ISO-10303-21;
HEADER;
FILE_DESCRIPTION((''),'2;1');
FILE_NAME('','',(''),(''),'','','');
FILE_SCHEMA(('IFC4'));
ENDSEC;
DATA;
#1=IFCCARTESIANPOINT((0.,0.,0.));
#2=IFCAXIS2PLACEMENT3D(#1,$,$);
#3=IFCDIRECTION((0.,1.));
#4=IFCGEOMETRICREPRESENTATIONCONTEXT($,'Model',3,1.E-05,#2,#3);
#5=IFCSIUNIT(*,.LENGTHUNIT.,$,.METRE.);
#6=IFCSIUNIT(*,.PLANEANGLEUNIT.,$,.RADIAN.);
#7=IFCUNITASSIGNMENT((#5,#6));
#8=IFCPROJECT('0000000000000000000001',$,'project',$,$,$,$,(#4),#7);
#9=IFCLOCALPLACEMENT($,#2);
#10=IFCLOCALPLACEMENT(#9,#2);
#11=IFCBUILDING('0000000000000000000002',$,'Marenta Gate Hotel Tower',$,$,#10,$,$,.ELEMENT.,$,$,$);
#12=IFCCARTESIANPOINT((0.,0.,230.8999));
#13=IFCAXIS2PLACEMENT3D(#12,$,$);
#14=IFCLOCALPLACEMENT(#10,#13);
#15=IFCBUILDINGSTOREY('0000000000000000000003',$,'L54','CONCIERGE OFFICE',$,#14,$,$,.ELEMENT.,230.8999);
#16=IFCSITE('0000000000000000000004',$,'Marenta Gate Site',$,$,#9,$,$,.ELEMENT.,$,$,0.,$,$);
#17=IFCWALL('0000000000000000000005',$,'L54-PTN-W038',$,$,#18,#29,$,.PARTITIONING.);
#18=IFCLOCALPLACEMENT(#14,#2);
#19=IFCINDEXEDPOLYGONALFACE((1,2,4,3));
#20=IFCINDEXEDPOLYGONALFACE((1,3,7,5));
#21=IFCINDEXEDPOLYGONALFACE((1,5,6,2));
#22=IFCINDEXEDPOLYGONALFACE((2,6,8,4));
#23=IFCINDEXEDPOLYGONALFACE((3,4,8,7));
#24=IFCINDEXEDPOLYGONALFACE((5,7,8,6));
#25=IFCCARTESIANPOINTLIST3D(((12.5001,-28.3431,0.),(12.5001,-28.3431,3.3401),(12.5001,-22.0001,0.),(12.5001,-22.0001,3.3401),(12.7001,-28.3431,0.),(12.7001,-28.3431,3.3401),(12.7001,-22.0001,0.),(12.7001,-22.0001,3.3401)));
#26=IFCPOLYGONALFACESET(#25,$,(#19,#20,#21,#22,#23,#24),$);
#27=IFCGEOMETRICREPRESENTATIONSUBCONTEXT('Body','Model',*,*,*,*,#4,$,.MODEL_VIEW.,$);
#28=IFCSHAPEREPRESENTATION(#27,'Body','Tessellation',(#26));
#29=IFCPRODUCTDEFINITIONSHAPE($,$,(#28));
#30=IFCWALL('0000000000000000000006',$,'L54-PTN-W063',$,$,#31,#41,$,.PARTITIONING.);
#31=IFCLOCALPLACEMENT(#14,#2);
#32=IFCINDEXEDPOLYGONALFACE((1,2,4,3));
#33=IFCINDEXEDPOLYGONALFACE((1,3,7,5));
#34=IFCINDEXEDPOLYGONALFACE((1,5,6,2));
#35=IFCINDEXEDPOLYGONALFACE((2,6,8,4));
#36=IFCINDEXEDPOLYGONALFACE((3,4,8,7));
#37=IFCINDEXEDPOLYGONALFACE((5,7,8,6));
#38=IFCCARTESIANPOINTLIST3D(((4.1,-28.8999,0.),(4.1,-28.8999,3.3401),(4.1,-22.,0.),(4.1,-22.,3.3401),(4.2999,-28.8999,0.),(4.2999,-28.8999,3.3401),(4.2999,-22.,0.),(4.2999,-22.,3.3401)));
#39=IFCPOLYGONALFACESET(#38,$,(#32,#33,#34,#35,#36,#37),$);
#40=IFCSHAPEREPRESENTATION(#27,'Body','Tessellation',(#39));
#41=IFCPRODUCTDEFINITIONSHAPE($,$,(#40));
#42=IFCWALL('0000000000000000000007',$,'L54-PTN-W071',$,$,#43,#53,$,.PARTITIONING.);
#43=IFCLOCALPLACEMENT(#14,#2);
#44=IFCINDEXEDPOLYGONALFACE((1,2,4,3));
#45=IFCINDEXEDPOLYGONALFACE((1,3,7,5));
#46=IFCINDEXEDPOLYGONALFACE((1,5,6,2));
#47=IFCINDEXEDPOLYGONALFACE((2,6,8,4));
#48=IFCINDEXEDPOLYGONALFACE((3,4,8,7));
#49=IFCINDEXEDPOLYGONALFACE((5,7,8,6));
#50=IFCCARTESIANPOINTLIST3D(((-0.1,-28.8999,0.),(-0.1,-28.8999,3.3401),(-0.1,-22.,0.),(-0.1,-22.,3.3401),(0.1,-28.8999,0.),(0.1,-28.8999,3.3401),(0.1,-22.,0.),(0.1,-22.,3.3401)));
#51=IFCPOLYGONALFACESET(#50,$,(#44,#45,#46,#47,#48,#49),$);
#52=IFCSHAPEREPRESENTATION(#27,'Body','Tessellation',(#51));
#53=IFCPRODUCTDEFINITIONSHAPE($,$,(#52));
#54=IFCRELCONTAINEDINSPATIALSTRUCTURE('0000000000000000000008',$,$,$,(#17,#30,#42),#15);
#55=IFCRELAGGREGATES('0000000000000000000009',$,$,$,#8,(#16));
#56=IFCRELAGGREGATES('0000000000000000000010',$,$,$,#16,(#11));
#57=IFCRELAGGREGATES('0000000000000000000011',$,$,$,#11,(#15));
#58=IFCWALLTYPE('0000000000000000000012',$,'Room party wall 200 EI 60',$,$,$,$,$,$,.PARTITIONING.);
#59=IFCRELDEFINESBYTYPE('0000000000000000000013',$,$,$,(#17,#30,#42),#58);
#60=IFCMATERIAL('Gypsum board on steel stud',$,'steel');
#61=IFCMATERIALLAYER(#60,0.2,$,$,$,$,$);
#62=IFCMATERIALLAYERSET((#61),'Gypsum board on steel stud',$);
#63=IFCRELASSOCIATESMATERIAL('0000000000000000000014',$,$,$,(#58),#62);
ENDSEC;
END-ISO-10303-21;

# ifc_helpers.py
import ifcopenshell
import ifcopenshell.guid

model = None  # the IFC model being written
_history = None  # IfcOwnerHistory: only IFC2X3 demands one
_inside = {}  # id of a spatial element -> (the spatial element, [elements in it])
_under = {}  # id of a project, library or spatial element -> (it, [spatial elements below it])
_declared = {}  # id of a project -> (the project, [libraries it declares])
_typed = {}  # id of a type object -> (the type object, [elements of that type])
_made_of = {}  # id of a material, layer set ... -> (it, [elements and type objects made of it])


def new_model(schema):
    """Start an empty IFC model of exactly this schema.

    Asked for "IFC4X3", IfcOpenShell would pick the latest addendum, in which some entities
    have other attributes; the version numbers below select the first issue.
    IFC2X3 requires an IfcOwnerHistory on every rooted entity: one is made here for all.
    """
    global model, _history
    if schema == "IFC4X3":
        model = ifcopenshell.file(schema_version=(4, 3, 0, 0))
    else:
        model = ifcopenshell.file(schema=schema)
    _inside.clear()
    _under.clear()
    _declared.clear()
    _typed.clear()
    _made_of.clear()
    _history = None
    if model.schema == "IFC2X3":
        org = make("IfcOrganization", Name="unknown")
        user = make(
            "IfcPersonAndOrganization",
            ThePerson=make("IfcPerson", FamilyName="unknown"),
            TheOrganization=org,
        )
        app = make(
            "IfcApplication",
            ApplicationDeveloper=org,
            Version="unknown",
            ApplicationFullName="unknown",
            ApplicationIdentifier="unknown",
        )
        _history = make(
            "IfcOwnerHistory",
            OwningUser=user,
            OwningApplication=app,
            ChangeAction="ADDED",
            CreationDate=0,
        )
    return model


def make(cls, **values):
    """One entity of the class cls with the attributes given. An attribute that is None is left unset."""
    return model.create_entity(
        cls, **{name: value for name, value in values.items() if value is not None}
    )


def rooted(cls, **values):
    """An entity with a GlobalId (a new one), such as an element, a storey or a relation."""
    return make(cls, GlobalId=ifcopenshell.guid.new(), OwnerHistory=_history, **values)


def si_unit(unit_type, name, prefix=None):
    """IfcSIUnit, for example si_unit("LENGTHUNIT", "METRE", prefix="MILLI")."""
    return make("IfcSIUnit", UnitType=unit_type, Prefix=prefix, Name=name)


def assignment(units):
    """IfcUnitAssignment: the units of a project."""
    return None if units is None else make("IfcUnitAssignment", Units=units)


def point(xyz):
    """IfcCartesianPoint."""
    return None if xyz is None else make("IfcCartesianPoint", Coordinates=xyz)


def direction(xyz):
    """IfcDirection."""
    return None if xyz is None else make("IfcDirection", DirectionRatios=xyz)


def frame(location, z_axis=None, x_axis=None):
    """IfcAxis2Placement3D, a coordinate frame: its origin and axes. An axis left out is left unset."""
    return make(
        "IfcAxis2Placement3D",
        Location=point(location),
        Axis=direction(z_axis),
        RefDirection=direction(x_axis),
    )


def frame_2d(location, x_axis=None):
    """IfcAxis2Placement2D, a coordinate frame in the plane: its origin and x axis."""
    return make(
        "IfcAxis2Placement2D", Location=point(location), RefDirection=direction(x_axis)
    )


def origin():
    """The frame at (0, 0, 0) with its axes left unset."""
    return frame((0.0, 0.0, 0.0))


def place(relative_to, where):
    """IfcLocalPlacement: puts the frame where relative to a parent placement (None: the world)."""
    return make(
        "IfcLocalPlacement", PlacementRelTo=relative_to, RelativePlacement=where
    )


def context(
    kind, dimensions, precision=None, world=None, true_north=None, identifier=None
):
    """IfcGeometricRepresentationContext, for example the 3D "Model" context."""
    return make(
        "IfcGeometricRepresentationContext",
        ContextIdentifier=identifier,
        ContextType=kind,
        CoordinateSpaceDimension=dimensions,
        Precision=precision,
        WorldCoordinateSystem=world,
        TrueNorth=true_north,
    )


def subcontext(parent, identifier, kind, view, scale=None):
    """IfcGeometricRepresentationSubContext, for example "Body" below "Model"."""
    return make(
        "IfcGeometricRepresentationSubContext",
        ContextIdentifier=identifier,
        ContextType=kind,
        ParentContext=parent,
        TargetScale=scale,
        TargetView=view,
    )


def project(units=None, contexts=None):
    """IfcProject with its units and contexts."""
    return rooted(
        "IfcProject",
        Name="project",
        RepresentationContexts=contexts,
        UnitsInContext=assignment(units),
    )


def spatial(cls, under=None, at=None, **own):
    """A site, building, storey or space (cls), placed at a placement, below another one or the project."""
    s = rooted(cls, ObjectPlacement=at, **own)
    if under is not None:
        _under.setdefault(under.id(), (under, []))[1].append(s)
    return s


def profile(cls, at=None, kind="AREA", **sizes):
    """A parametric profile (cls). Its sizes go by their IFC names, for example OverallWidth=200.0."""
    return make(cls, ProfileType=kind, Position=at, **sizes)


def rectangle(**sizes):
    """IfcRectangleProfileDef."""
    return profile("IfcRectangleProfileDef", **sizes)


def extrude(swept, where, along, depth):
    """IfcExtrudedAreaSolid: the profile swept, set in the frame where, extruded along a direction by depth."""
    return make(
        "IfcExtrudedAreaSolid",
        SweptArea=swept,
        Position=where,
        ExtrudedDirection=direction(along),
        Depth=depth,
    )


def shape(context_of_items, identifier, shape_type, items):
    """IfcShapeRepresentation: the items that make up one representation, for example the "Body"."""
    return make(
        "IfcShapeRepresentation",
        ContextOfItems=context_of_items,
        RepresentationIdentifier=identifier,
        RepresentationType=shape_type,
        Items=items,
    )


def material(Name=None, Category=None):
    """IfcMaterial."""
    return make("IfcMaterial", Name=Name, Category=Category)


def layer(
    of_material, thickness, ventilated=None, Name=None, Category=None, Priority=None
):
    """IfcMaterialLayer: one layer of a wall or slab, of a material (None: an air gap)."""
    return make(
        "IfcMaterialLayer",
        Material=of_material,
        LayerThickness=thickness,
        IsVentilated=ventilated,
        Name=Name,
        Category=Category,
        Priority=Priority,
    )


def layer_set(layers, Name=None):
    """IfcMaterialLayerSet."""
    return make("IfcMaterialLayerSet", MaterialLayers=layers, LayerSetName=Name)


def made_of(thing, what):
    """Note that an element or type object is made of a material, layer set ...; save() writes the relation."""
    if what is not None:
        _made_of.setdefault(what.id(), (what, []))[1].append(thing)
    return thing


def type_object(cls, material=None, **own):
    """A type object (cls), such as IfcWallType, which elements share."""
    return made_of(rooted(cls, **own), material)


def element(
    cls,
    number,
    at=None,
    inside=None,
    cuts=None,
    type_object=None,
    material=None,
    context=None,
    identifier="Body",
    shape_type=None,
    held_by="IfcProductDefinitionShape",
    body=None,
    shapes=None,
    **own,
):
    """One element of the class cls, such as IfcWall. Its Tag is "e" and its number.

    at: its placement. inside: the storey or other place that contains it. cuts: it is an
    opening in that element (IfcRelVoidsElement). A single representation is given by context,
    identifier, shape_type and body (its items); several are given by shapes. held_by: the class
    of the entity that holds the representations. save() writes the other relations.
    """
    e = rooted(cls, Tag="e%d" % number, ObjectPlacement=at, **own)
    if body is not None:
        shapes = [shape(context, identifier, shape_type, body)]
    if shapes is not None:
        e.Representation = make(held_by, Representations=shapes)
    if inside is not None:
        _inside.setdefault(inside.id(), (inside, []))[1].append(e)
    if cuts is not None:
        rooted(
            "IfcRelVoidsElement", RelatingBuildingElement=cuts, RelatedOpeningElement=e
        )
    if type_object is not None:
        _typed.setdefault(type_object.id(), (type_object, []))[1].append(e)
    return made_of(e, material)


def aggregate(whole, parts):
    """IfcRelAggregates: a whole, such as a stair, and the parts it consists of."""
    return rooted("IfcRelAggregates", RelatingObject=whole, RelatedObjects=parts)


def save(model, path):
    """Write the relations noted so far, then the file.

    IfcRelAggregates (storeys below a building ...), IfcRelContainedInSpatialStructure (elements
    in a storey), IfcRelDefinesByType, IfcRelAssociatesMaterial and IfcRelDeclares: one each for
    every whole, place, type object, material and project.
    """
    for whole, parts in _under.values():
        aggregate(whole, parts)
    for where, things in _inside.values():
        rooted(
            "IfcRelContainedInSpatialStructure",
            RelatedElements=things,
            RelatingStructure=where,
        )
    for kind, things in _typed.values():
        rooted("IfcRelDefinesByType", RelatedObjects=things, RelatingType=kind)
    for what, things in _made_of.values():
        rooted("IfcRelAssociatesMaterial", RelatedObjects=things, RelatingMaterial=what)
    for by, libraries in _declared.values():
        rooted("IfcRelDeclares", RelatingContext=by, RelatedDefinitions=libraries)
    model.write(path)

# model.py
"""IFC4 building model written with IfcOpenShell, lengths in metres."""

from ifc_helpers import new_model, si_unit, direction, frame, frame_2d, origin, place, context, subcontext, project, spatial, rectangle, extrude, material, layer, layer_set, type_object, element, save


model = new_model("IFC4")

# Units and contexts
model_context = context("Model", 3, precision=1e-05, world=origin(), true_north=direction((0.0, 1.0)))
body_context = subcontext(model_context, "Body", "Model", "MODEL_VIEW")
ifc_project = project(units=[si_unit("LENGTHUNIT", "METRE"), si_unit("PLANEANGLEUNIT", "RADIAN")], contexts=[model_context])

# Site, building, storey
site_placement = place(None, origin())
site = spatial("IfcSite", under=ifc_project, at=site_placement, Name="Marenta Gate Site", CompositionType="ELEMENT", RefElevation=0.0)
building_placement = place(site_placement, origin())
building = spatial("IfcBuilding", under=site, at=building_placement, Name="Marenta Gate Hotel Tower", CompositionType="ELEMENT")
storey_placement = place(building_placement, frame((0.0, 0.0, 230.8999)))
storey = spatial("IfcBuildingStorey", under=building, at=storey_placement, Name="L54", Description="CONCIERGE OFFICE", CompositionType="ELEMENT", Elevation=230.8999)

# Walls
ifc_material_1 = material(Name="Gypsum board on steel stud", Category="steel")
ifc_layer_1 = layer(ifc_material_1, 0.2)
ifc_layer_set_1 = layer_set([ifc_layer_1], Name="Gypsum board on steel stud")
wall_type_1 = type_object("IfcWallType", Name="Room party wall 200 EI 60", PredefinedType="PARTITIONING", material=ifc_layer_set_1)
wall_1_placement = place(storey_placement, frame((12.6001, -28.343, 0.0), z_axis=(0.0, 0.0, 1.0), x_axis=(0.0, 1.0, 0.0)))
element("IfcWall", 1, at=wall_1_placement, inside=storey, type_object=wall_type_1, Name="L54-PTN-W038", PredefinedType="PARTITIONING", context=body_context, shape_type="SweptSolid", body=[
    extrude(rectangle(XDim=6.343, YDim=0.2, at=frame_2d((3.1714, 0.0))), origin(), (0.0, 0.0, 1.0), 3.3401),
])
for number, where, z_axis, x_axis, name in (
    (2, (4.2, -28.8999, 0.0), (0.0, 0.0, 1.0), (0.0, 1.0, 0.0), "L54-PTN-W063"),
    (3, (0.0, -28.8999, 0.0), (0.0, 0.0, 1.0), (0.0, 1.0, 0.0), "L54-PTN-W071"),
):
    element("IfcWall", number, at=place(storey_placement, frame(where, z_axis=z_axis, x_axis=x_axis)), inside=storey, type_object=wall_type_1, Name=name, PredefinedType="PARTITIONING", context=body_context, shape_type="SweptSolid", body=[
        extrude(rectangle(XDim=6.8999, YDim=0.2, at=frame_2d((3.45, 0.0))), origin(), (0.0, 0.0, 1.0), 3.3401),
    ])

save(model, "model.ifc")
